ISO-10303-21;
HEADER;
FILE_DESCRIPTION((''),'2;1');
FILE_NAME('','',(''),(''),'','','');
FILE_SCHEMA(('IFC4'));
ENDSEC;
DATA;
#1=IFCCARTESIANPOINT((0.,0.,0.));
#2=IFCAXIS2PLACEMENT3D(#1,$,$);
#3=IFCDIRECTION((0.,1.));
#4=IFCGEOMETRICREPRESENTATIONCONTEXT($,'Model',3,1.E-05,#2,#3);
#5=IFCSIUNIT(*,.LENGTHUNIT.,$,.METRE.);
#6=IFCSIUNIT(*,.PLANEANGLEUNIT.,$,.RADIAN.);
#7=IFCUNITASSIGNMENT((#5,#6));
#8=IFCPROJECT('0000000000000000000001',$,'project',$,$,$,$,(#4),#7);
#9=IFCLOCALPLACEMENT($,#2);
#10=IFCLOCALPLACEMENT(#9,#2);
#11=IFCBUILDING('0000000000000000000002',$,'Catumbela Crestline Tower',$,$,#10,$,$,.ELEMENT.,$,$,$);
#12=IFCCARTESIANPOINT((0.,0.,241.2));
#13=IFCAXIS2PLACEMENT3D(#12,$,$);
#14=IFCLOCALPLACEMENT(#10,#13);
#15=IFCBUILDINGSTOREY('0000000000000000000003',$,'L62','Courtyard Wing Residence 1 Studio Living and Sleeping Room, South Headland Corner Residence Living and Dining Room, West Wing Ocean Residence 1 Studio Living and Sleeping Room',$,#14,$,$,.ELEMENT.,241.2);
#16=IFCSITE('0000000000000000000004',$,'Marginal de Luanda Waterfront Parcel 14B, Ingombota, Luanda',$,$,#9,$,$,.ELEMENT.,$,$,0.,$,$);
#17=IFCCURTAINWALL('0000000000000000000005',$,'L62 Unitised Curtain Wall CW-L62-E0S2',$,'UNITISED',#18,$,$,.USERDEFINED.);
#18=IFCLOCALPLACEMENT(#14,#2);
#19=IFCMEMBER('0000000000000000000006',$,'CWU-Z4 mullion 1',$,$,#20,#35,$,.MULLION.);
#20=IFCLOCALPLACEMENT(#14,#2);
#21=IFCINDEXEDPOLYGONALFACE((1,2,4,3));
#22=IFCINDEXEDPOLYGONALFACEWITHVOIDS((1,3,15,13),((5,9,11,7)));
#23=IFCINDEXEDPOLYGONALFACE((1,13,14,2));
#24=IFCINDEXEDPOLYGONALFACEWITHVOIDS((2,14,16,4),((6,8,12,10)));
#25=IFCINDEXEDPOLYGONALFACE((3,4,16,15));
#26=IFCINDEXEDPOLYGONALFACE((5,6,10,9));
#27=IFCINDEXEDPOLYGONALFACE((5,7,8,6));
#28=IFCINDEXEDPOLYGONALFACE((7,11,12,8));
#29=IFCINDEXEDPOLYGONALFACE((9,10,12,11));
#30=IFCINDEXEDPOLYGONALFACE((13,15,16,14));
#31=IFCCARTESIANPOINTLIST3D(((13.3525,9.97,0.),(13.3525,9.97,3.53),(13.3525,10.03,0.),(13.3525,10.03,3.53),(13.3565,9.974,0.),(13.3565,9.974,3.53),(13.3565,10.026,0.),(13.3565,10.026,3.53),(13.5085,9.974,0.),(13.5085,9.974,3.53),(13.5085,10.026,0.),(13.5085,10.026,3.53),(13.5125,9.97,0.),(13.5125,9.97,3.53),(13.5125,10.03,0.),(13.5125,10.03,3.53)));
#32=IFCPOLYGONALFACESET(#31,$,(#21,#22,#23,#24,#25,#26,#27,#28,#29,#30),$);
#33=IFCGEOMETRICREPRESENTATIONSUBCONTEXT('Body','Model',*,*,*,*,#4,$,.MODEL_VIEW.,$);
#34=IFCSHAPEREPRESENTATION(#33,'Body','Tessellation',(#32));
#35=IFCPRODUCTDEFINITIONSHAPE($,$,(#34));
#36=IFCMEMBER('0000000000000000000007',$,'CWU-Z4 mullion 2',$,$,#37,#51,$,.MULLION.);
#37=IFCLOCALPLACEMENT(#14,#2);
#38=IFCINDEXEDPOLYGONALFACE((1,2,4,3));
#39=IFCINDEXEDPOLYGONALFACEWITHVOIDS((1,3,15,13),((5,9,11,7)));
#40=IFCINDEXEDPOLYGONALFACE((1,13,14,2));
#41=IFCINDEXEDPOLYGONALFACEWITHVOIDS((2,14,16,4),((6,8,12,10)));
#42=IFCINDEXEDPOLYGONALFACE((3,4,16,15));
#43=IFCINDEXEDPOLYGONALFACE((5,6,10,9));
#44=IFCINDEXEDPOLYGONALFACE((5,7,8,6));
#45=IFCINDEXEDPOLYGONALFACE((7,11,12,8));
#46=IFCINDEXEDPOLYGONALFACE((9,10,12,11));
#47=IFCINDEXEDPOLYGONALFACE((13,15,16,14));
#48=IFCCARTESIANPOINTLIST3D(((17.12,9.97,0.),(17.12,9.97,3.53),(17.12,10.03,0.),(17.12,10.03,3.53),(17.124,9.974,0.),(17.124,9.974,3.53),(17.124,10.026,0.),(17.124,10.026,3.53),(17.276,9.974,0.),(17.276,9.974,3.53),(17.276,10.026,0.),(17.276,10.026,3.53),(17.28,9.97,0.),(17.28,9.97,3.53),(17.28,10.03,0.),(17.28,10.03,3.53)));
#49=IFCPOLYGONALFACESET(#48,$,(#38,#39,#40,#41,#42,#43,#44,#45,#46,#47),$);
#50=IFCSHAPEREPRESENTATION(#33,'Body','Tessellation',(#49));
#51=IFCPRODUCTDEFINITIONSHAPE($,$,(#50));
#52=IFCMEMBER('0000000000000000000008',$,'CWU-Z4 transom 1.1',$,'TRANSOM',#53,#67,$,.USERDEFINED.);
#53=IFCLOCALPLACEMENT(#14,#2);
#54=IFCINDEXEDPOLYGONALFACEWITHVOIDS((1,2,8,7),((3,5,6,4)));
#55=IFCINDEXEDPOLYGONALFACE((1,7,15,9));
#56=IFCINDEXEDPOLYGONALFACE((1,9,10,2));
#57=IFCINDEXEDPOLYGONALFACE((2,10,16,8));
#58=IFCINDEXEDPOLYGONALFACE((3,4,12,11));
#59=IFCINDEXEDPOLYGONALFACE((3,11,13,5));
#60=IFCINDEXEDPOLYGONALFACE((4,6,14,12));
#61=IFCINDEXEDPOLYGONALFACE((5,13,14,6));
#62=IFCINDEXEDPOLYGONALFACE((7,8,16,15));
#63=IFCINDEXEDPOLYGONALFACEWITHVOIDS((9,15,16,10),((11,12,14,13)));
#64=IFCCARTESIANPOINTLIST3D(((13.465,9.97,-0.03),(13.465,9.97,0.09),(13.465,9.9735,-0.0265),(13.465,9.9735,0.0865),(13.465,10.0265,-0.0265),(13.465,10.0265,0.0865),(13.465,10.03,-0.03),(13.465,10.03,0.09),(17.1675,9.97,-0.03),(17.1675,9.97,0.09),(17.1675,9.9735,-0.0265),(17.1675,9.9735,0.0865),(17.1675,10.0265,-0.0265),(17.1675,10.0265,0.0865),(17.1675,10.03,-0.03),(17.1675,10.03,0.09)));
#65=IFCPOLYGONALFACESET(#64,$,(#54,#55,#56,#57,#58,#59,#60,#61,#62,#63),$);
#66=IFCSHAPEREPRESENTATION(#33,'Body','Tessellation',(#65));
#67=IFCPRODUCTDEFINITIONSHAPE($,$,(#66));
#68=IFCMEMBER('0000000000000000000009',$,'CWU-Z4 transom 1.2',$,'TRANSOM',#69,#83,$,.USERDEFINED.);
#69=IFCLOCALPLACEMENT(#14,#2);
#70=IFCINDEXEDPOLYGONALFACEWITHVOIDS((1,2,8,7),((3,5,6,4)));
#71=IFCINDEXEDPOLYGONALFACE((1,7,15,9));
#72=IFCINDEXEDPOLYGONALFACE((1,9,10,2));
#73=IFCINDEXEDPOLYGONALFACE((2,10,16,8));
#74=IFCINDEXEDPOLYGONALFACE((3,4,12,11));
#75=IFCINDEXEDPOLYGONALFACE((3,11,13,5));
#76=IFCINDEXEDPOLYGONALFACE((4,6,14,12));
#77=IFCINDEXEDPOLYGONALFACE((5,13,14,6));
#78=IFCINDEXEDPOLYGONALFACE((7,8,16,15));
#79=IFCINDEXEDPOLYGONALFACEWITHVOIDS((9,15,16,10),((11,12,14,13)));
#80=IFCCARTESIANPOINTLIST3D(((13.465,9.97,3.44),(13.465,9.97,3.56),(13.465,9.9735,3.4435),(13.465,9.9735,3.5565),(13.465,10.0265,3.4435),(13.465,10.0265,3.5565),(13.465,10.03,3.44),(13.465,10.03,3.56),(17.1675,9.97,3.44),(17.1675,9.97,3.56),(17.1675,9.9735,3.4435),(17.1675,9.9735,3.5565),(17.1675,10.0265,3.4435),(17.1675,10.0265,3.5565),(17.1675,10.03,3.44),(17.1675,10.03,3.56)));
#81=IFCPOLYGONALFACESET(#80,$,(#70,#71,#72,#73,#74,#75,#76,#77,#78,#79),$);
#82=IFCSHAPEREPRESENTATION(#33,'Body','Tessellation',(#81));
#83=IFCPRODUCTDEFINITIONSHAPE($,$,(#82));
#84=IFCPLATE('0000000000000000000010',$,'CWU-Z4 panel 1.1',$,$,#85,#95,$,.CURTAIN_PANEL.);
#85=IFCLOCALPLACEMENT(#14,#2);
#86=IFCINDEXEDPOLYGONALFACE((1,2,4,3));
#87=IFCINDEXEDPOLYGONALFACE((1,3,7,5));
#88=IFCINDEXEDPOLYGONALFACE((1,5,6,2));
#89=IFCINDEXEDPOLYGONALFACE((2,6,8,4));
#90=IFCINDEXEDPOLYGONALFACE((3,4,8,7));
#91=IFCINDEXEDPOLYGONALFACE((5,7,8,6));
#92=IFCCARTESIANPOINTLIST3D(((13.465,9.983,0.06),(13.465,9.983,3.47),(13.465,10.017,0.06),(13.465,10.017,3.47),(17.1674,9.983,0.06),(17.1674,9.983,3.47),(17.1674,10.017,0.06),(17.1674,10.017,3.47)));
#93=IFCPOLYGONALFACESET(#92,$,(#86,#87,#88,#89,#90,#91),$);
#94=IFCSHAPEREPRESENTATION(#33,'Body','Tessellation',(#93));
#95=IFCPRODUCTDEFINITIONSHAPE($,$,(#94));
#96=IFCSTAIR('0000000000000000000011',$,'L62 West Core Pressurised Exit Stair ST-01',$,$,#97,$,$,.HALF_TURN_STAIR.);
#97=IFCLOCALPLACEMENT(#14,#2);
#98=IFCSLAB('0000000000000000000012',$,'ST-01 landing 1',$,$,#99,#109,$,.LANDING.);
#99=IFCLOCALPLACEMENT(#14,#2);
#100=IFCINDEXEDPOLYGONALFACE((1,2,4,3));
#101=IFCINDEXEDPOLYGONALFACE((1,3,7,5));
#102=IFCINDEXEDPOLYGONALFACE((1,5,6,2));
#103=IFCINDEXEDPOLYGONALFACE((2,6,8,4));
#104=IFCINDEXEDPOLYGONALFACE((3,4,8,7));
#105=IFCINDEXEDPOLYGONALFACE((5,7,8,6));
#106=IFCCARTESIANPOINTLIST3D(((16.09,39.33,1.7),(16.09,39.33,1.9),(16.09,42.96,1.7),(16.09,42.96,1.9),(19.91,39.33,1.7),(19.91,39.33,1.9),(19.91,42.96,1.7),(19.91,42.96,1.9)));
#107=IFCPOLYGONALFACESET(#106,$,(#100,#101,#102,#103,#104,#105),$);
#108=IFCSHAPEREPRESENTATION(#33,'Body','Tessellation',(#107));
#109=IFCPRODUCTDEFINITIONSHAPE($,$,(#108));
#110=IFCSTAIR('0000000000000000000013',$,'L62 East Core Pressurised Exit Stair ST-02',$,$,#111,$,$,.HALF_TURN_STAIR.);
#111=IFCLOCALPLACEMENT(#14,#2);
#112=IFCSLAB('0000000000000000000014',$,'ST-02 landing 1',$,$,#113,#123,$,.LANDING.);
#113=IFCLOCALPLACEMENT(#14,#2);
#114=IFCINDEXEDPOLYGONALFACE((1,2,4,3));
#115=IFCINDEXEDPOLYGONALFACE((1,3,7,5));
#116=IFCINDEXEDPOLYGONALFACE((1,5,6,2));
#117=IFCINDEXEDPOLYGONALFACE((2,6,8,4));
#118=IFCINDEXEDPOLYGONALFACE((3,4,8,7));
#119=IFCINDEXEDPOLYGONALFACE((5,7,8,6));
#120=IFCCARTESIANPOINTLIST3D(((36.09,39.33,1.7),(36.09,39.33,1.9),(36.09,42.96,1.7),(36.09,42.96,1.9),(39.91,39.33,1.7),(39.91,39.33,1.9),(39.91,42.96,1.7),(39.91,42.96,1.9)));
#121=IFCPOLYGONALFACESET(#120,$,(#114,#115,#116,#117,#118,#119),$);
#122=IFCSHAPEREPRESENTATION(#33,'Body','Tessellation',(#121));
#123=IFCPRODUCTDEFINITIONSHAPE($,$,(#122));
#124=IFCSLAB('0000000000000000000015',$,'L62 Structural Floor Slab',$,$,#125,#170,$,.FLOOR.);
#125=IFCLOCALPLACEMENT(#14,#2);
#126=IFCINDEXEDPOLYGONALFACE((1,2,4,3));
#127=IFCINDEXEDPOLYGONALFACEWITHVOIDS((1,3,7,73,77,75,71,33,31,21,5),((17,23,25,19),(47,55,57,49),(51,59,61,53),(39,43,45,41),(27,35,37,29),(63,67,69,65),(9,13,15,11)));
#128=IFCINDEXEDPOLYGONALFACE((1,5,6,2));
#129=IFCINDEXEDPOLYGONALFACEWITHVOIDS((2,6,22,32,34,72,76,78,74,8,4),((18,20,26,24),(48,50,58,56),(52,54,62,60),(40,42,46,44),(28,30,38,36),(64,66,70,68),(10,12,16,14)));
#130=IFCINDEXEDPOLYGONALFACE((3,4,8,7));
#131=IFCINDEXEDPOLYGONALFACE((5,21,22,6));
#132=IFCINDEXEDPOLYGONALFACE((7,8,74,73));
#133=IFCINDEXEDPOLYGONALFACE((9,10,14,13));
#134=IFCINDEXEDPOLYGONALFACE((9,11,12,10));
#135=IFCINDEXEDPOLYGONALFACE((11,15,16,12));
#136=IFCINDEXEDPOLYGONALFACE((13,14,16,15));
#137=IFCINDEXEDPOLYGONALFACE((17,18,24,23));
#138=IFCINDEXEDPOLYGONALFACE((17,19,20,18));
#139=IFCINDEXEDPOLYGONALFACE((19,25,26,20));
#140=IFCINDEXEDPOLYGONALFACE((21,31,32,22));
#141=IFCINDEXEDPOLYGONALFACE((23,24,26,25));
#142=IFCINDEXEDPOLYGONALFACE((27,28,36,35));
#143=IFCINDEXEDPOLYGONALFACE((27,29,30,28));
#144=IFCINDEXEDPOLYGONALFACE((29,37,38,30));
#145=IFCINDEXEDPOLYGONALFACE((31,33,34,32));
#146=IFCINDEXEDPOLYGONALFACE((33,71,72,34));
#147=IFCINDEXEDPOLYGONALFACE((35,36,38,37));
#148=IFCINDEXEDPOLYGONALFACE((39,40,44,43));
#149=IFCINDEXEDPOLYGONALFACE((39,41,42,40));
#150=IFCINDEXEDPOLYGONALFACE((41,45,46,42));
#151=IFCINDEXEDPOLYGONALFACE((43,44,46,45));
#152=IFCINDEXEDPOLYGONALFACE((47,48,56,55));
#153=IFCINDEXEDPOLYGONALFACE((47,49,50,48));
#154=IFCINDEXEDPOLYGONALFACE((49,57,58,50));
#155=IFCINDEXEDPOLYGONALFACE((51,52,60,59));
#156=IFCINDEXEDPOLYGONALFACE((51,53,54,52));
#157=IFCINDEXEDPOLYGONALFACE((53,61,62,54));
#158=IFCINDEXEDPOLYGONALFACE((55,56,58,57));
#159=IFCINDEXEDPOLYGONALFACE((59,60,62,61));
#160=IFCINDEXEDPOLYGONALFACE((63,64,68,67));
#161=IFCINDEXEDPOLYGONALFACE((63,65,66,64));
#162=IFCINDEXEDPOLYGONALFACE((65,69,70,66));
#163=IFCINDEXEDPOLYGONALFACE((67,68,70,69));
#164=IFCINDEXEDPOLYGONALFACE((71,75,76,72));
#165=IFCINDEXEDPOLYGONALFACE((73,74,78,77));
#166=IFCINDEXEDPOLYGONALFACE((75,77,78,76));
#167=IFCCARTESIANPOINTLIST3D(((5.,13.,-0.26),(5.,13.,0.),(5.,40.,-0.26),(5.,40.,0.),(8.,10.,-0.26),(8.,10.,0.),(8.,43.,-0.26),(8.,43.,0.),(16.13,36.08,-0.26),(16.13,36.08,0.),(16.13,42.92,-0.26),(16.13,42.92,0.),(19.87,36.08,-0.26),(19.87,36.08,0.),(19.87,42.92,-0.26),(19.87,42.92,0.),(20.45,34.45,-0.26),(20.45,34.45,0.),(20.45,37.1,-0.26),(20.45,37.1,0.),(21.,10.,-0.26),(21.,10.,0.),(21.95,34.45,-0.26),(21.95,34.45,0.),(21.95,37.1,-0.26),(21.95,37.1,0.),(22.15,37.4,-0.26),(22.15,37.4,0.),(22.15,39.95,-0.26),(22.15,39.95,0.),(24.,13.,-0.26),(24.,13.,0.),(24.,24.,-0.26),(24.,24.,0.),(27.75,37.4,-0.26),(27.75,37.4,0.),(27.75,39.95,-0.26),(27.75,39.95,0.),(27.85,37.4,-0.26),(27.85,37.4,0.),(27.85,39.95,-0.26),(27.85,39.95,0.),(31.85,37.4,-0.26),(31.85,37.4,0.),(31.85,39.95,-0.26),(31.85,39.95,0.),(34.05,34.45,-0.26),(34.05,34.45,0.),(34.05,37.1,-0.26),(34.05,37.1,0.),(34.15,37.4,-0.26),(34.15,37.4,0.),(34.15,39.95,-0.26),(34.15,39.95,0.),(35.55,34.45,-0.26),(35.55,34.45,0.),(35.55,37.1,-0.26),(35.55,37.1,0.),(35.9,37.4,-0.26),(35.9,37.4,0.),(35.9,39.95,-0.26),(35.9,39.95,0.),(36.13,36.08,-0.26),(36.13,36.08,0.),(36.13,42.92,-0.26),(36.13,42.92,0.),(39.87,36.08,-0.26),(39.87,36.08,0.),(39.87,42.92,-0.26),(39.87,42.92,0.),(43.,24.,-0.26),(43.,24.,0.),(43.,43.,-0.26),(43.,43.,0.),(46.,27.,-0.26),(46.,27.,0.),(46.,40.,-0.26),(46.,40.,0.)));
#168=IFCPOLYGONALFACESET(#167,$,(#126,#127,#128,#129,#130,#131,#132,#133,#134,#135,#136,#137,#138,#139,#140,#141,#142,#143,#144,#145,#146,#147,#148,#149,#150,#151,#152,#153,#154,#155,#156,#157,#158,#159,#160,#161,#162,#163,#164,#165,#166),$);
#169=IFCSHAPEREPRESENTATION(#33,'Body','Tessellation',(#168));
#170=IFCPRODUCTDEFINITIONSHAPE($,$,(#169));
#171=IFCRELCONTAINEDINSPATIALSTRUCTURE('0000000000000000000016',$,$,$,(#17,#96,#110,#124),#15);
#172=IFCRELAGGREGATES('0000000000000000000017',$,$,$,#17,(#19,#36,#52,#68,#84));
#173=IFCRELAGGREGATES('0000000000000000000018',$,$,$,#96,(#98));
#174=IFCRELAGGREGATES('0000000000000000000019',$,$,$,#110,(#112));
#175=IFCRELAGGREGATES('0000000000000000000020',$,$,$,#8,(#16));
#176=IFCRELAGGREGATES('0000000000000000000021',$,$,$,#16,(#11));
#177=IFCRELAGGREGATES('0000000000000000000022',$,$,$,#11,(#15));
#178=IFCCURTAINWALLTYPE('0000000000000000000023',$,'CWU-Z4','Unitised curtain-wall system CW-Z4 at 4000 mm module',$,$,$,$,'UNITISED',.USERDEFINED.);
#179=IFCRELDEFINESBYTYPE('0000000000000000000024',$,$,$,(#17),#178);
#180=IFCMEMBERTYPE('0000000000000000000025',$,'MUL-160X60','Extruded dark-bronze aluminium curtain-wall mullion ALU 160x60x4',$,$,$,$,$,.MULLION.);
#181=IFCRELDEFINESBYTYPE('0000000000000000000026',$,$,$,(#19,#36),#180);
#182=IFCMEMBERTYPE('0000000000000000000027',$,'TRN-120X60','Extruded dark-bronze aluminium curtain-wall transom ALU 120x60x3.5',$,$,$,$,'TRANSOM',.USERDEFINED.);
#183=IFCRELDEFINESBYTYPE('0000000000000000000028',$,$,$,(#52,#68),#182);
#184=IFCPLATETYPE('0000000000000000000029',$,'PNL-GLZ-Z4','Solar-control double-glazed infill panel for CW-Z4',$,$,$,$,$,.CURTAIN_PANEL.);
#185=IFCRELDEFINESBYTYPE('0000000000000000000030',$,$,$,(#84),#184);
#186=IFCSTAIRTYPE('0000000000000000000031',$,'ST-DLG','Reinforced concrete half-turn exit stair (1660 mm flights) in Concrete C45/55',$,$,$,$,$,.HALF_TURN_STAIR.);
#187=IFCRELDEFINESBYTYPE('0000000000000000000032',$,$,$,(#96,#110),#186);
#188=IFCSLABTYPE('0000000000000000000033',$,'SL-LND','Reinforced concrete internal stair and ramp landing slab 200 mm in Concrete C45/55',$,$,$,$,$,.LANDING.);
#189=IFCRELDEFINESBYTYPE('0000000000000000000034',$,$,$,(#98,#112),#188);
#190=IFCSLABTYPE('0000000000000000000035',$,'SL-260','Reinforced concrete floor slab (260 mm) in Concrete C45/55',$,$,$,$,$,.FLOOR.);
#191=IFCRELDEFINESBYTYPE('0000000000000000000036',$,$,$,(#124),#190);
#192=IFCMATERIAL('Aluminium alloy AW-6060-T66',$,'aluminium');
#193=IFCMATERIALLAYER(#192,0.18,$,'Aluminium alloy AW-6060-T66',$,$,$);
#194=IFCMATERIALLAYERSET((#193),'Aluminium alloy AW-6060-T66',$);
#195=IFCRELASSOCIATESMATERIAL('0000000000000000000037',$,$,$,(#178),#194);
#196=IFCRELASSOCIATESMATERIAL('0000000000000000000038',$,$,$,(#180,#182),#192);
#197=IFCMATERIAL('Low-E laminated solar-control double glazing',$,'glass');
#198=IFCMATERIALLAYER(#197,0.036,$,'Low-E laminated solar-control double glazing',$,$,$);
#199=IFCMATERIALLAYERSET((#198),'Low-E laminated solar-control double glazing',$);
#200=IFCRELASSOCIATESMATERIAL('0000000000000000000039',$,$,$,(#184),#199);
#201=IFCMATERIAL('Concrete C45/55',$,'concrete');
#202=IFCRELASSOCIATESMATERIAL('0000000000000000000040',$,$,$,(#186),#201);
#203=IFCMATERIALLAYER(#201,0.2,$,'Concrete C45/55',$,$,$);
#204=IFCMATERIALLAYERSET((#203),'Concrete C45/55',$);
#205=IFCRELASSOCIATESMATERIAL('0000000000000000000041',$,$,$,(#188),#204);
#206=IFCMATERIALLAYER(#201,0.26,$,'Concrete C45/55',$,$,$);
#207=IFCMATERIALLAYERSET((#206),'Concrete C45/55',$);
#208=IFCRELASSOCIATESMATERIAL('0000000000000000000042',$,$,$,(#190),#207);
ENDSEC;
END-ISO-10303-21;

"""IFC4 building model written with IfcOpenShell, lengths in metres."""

from ifc_helpers import new_model, si_unit, direction, frame, origin, origin_2d, place, context, subcontext, project, spatial, polyline, rectangle, hollow_rectangle, outline, extrude, material, layer, layer_set, material_profile, profile_set, type_object, element, aggregate, save


model = new_model("IFC4")

# Units and contexts
model_context = context("Model", 3, precision=1e-05, world=origin(), true_north=direction((0.0, 1.0)))
body_context = subcontext(model_context, "Body", "Model", "MODEL_VIEW")
ifc_project = project(units=[si_unit("LENGTHUNIT", "METRE"), si_unit("PLANEANGLEUNIT", "RADIAN")], contexts=[model_context])

# Site, building, storey
site_placement = place(None, origin())
site = spatial("IfcSite", under=ifc_project, at=site_placement, Name="Marginal de Luanda Waterfront Parcel 14B, Ingombota, Luanda", CompositionType="ELEMENT", RefElevation=0.0)
building_placement = place(site_placement, origin())
building = spatial("IfcBuilding", under=site, at=building_placement, Name="Catumbela Crestline Tower", CompositionType="ELEMENT")
storey_placement = place(building_placement, frame((0.0, 0.0, 241.2)))
storey = spatial("IfcBuildingStorey", under=building, at=storey_placement, Name="L62", Description="Courtyard Wing Residence 1 Studio Living and Sleeping Room, South Headland Corner Residence Living and Dining Room, West Wing Ocean Residence 1 Studio Living and Sleeping Room", CompositionType="ELEMENT", Elevation=241.2)

# Curtain wall, members, plate
ifc_material_1 = material(Name="Aluminium alloy AW-6060-T66", Category="aluminium")
ifc_layer_1 = layer(ifc_material_1, 0.18, Name="Aluminium alloy AW-6060-T66")
ifc_layer_set_1 = layer_set([ifc_layer_1], Name="Aluminium alloy AW-6060-T66")
curtain_wall_type = type_object("IfcCurtainWallType", Name="CWU-Z4", Description="Unitised curtain-wall system CW-Z4 at 4000 mm module", ElementType="UNITISED", PredefinedType="USERDEFINED", material=ifc_layer_set_1)
curtain_wall_placement = place(storey_placement, origin())
curtain_wall = element("IfcCurtainWall", 1, at=curtain_wall_placement, inside=storey, type_object=curtain_wall_type, Name="L62 Unitised Curtain Wall CW-L62-E0S2", ObjectType="UNITISED", PredefinedType="USERDEFINED")
ifc_material_profile_1 = material_profile(ifc_material_1, hollow_rectangle(XDim=0.06, YDim=0.16, WallThickness=0.004, at=origin_2d()), Name="ALU 160x60x4")
ifc_profile_set_1 = profile_set([ifc_material_profile_1], Name="Aluminium alloy AW-6060-T66")
member_type_1 = type_object("IfcMemberType", Name="MUL-160X60", Description="Extruded dark-bronze aluminium curtain-wall mullion ALU 160x60x4", PredefinedType="MULLION", material=ifc_profile_set_1)
member_1_placement = place(storey_placement, frame((13.4325, 10.0, 0.0), z_axis=(0.0, 0.0, 1.0), x_axis=(0.0, 1.0, 0.0)))
member_1 = element("IfcMember", 2, at=member_1_placement, type_object=member_type_1, Name="CWU-Z4 mullion 1", PredefinedType="MULLION", context=body_context, shape_type="SweptSolid", body=[
    extrude(hollow_rectangle(XDim=0.06, YDim=0.16, WallThickness=0.004, at=origin_2d()), origin(), (0.0, 0.0, 1.0), 3.53),
])
member_2_placement = place(storey_placement, frame((17.2, 10.0, 0.0), z_axis=(0.0, 0.0, 1.0), x_axis=(0.0, 1.0, 0.0)))
member_2 = element("IfcMember", 3, at=member_2_placement, type_object=member_type_1, Name="CWU-Z4 mullion 2", PredefinedType="MULLION", context=body_context, shape_type="SweptSolid", body=[
    extrude(hollow_rectangle(XDim=0.06, YDim=0.16, WallThickness=0.004, at=origin_2d()), origin(), (0.0, 0.0, 1.0), 3.53),
])
ifc_material_profile_2 = material_profile(ifc_material_1, hollow_rectangle(XDim=0.06, YDim=0.12, WallThickness=0.0035, at=origin_2d()), Name="ALU 120x60x3.5")
ifc_profile_set_2 = profile_set([ifc_material_profile_2], Name="Aluminium alloy AW-6060-T66")
member_type_2 = type_object("IfcMemberType", Name="TRN-120X60", Description="Extruded dark-bronze aluminium curtain-wall transom ALU 120x60x3.5", ElementType="TRANSOM", PredefinedType="USERDEFINED", material=ifc_profile_set_2)
member_3_placement = place(storey_placement, frame((13.465, 10.0, 0.03), z_axis=(1.0, 0.0, 0.0), x_axis=(0.0, 1.0, 0.0)))
member_3 = element("IfcMember", 4, at=member_3_placement, type_object=member_type_2, Name="CWU-Z4 transom 1.1", ObjectType="TRANSOM", PredefinedType="USERDEFINED", context=body_context, shape_type="SweptSolid", body=[
    extrude(hollow_rectangle(XDim=0.06, YDim=0.12, WallThickness=0.0035, at=origin_2d()), origin(), (0.0, 0.0, 1.0), 3.7025),
])
member_4_placement = place(storey_placement, frame((13.465, 10.0, 3.5), z_axis=(1.0, 0.0, 0.0), x_axis=(0.0, 1.0, 0.0)))
member_4 = element("IfcMember", 5, at=member_4_placement, type_object=member_type_2, Name="CWU-Z4 transom 1.2", ObjectType="TRANSOM", PredefinedType="USERDEFINED", context=body_context, shape_type="SweptSolid", body=[
    extrude(hollow_rectangle(XDim=0.06, YDim=0.12, WallThickness=0.0035, at=origin_2d()), origin(), (0.0, 0.0, 1.0), 3.7025),
])
ifc_material_2 = material(Name="Low-E laminated solar-control double glazing", Category="glass")
ifc_layer_2 = layer(ifc_material_2, 0.036, Name="Low-E laminated solar-control double glazing")
ifc_layer_set_2 = layer_set([ifc_layer_2], Name="Low-E laminated solar-control double glazing")
plate_type = type_object("IfcPlateType", Name="PNL-GLZ-Z4", Description="Solar-control double-glazed infill panel for CW-Z4", PredefinedType="CURTAIN_PANEL", material=ifc_layer_set_2)
plate_placement = place(storey_placement, frame((15.3162, 10.0, 0.06), z_axis=(0.0, 0.0, 1.0), x_axis=(1.0, 0.0, 0.0)))
plate = element("IfcPlate", 6, at=plate_placement, type_object=plate_type, Name="CWU-Z4 panel 1.1", PredefinedType="CURTAIN_PANEL", context=body_context, shape_type="SweptSolid", body=[
    extrude(rectangle(XDim=3.7025, YDim=0.034, at=origin_2d()), origin(), (0.0, 0.0, 1.0), 3.41),
])
aggregate(curtain_wall, [member_1, member_2, member_3, member_4, plate])

# Stairs, slabs
ifc_material_3 = material(Name="Concrete C45/55", Category="concrete")
stair_type = type_object("IfcStairType", Name="ST-DLG", Description="Reinforced concrete half-turn exit stair (1660 mm flights) in Concrete C45/55", PredefinedType="HALF_TURN_STAIR", material=ifc_material_3)
stair_1_placement = place(storey_placement, origin())
stair_1 = element("IfcStair", 7, at=stair_1_placement, inside=storey, type_object=stair_type, Name="L62 West Core Pressurised Exit Stair ST-01", PredefinedType="HALF_TURN_STAIR")
ifc_layer_3 = layer(ifc_material_3, 0.2, Name="Concrete C45/55")
ifc_layer_set_3 = layer_set([ifc_layer_3], Name="Concrete C45/55")
slab_type_1 = type_object("IfcSlabType", Name="SL-LND", Description="Reinforced concrete internal stair and ramp landing slab 200 mm in Concrete C45/55", PredefinedType="LANDING", material=ifc_layer_set_3)
slab_1_placement = place(storey_placement, frame((0.0, 0.0, 1.7)))
slab_1 = element("IfcSlab", 8, at=slab_1_placement, type_object=slab_type_1, Name="ST-01 landing 1", PredefinedType="LANDING", context=body_context, shape_type="SweptSolid", body=[
    extrude(outline(polyline([(19.91, 39.33), (19.91, 42.96), (16.09, 42.96), (16.09, 39.33), (19.91, 39.33)])), origin(), (0.0, 0.0, 1.0), 0.2),
])
aggregate(stair_1, [slab_1])
stair_2_placement = place(storey_placement, origin())
stair_2 = element("IfcStair", 9, at=stair_2_placement, inside=storey, type_object=stair_type, Name="L62 East Core Pressurised Exit Stair ST-02", PredefinedType="HALF_TURN_STAIR")
slab_2_placement = place(storey_placement, frame((0.0, 0.0, 1.7)))
slab_2 = element("IfcSlab", 10, at=slab_2_placement, type_object=slab_type_1, Name="ST-02 landing 1", PredefinedType="LANDING", context=body_context, shape_type="SweptSolid", body=[
    extrude(outline(polyline([(39.91, 39.33), (39.91, 42.96), (36.09, 42.96), (36.09, 39.33), (39.91, 39.33)])), origin(), (0.0, 0.0, 1.0), 0.2),
])
aggregate(stair_2, [slab_2])

# Slab
ifc_layer_4 = layer(ifc_material_3, 0.26, Name="Concrete C45/55")
ifc_layer_set_4 = layer_set([ifc_layer_4], Name="Concrete C45/55")
slab_type_2 = type_object("IfcSlabType", Name="SL-260", Description="Reinforced concrete floor slab (260 mm) in Concrete C45/55", PredefinedType="FLOOR", material=ifc_layer_set_4)
slab_3_placement = place(storey_placement, frame((0.0, 0.0, -0.26)))
element("IfcSlab", 11, at=slab_3_placement, inside=storey, type_object=slab_type_2, Name="L62 Structural Floor Slab", PredefinedType="FLOOR", context=body_context, shape_type="SweptSolid", body=[
    extrude(outline(polyline([(8.0, 10.0), (21.0, 10.0), (24.0, 13.0), (24.0, 24.0), (43.0, 24.0), (46.0, 27.0), (46.0, 40.0), (43.0, 43.0), (8.0, 43.0), (5.0, 40.0), (5.0, 13.0), (8.0, 10.0)]), holes=[polyline([(16.13, 36.08), (19.87, 36.08), (19.87, 42.92), (16.13, 42.92), (16.13, 36.08)]), polyline([(36.13, 36.08), (39.87, 36.08), (39.87, 42.92), (36.13, 42.92), (36.13, 36.08)]), polyline([(22.15, 37.4), (27.75, 37.4), (27.75, 39.95), (22.15, 39.95), (22.15, 37.4)]), polyline([(27.85, 37.4), (31.85, 37.4), (31.85, 39.95), (27.85, 39.95), (27.85, 37.4)]), polyline([(20.45, 34.45), (21.95, 34.45), (21.95, 37.1), (20.45, 37.1), (20.45, 34.45)]), polyline([(34.05, 34.45), (35.55, 34.45), (35.55, 37.1), (34.05, 37.1), (34.05, 34.45)]), polyline([(34.15, 37.4), (35.9, 37.4), (35.9, 39.95), (34.15, 39.95), (34.15, 37.4)])]), origin(), (0.0, 0.0, 1.0), 0.26),
])

save(model, "model.ifc")
